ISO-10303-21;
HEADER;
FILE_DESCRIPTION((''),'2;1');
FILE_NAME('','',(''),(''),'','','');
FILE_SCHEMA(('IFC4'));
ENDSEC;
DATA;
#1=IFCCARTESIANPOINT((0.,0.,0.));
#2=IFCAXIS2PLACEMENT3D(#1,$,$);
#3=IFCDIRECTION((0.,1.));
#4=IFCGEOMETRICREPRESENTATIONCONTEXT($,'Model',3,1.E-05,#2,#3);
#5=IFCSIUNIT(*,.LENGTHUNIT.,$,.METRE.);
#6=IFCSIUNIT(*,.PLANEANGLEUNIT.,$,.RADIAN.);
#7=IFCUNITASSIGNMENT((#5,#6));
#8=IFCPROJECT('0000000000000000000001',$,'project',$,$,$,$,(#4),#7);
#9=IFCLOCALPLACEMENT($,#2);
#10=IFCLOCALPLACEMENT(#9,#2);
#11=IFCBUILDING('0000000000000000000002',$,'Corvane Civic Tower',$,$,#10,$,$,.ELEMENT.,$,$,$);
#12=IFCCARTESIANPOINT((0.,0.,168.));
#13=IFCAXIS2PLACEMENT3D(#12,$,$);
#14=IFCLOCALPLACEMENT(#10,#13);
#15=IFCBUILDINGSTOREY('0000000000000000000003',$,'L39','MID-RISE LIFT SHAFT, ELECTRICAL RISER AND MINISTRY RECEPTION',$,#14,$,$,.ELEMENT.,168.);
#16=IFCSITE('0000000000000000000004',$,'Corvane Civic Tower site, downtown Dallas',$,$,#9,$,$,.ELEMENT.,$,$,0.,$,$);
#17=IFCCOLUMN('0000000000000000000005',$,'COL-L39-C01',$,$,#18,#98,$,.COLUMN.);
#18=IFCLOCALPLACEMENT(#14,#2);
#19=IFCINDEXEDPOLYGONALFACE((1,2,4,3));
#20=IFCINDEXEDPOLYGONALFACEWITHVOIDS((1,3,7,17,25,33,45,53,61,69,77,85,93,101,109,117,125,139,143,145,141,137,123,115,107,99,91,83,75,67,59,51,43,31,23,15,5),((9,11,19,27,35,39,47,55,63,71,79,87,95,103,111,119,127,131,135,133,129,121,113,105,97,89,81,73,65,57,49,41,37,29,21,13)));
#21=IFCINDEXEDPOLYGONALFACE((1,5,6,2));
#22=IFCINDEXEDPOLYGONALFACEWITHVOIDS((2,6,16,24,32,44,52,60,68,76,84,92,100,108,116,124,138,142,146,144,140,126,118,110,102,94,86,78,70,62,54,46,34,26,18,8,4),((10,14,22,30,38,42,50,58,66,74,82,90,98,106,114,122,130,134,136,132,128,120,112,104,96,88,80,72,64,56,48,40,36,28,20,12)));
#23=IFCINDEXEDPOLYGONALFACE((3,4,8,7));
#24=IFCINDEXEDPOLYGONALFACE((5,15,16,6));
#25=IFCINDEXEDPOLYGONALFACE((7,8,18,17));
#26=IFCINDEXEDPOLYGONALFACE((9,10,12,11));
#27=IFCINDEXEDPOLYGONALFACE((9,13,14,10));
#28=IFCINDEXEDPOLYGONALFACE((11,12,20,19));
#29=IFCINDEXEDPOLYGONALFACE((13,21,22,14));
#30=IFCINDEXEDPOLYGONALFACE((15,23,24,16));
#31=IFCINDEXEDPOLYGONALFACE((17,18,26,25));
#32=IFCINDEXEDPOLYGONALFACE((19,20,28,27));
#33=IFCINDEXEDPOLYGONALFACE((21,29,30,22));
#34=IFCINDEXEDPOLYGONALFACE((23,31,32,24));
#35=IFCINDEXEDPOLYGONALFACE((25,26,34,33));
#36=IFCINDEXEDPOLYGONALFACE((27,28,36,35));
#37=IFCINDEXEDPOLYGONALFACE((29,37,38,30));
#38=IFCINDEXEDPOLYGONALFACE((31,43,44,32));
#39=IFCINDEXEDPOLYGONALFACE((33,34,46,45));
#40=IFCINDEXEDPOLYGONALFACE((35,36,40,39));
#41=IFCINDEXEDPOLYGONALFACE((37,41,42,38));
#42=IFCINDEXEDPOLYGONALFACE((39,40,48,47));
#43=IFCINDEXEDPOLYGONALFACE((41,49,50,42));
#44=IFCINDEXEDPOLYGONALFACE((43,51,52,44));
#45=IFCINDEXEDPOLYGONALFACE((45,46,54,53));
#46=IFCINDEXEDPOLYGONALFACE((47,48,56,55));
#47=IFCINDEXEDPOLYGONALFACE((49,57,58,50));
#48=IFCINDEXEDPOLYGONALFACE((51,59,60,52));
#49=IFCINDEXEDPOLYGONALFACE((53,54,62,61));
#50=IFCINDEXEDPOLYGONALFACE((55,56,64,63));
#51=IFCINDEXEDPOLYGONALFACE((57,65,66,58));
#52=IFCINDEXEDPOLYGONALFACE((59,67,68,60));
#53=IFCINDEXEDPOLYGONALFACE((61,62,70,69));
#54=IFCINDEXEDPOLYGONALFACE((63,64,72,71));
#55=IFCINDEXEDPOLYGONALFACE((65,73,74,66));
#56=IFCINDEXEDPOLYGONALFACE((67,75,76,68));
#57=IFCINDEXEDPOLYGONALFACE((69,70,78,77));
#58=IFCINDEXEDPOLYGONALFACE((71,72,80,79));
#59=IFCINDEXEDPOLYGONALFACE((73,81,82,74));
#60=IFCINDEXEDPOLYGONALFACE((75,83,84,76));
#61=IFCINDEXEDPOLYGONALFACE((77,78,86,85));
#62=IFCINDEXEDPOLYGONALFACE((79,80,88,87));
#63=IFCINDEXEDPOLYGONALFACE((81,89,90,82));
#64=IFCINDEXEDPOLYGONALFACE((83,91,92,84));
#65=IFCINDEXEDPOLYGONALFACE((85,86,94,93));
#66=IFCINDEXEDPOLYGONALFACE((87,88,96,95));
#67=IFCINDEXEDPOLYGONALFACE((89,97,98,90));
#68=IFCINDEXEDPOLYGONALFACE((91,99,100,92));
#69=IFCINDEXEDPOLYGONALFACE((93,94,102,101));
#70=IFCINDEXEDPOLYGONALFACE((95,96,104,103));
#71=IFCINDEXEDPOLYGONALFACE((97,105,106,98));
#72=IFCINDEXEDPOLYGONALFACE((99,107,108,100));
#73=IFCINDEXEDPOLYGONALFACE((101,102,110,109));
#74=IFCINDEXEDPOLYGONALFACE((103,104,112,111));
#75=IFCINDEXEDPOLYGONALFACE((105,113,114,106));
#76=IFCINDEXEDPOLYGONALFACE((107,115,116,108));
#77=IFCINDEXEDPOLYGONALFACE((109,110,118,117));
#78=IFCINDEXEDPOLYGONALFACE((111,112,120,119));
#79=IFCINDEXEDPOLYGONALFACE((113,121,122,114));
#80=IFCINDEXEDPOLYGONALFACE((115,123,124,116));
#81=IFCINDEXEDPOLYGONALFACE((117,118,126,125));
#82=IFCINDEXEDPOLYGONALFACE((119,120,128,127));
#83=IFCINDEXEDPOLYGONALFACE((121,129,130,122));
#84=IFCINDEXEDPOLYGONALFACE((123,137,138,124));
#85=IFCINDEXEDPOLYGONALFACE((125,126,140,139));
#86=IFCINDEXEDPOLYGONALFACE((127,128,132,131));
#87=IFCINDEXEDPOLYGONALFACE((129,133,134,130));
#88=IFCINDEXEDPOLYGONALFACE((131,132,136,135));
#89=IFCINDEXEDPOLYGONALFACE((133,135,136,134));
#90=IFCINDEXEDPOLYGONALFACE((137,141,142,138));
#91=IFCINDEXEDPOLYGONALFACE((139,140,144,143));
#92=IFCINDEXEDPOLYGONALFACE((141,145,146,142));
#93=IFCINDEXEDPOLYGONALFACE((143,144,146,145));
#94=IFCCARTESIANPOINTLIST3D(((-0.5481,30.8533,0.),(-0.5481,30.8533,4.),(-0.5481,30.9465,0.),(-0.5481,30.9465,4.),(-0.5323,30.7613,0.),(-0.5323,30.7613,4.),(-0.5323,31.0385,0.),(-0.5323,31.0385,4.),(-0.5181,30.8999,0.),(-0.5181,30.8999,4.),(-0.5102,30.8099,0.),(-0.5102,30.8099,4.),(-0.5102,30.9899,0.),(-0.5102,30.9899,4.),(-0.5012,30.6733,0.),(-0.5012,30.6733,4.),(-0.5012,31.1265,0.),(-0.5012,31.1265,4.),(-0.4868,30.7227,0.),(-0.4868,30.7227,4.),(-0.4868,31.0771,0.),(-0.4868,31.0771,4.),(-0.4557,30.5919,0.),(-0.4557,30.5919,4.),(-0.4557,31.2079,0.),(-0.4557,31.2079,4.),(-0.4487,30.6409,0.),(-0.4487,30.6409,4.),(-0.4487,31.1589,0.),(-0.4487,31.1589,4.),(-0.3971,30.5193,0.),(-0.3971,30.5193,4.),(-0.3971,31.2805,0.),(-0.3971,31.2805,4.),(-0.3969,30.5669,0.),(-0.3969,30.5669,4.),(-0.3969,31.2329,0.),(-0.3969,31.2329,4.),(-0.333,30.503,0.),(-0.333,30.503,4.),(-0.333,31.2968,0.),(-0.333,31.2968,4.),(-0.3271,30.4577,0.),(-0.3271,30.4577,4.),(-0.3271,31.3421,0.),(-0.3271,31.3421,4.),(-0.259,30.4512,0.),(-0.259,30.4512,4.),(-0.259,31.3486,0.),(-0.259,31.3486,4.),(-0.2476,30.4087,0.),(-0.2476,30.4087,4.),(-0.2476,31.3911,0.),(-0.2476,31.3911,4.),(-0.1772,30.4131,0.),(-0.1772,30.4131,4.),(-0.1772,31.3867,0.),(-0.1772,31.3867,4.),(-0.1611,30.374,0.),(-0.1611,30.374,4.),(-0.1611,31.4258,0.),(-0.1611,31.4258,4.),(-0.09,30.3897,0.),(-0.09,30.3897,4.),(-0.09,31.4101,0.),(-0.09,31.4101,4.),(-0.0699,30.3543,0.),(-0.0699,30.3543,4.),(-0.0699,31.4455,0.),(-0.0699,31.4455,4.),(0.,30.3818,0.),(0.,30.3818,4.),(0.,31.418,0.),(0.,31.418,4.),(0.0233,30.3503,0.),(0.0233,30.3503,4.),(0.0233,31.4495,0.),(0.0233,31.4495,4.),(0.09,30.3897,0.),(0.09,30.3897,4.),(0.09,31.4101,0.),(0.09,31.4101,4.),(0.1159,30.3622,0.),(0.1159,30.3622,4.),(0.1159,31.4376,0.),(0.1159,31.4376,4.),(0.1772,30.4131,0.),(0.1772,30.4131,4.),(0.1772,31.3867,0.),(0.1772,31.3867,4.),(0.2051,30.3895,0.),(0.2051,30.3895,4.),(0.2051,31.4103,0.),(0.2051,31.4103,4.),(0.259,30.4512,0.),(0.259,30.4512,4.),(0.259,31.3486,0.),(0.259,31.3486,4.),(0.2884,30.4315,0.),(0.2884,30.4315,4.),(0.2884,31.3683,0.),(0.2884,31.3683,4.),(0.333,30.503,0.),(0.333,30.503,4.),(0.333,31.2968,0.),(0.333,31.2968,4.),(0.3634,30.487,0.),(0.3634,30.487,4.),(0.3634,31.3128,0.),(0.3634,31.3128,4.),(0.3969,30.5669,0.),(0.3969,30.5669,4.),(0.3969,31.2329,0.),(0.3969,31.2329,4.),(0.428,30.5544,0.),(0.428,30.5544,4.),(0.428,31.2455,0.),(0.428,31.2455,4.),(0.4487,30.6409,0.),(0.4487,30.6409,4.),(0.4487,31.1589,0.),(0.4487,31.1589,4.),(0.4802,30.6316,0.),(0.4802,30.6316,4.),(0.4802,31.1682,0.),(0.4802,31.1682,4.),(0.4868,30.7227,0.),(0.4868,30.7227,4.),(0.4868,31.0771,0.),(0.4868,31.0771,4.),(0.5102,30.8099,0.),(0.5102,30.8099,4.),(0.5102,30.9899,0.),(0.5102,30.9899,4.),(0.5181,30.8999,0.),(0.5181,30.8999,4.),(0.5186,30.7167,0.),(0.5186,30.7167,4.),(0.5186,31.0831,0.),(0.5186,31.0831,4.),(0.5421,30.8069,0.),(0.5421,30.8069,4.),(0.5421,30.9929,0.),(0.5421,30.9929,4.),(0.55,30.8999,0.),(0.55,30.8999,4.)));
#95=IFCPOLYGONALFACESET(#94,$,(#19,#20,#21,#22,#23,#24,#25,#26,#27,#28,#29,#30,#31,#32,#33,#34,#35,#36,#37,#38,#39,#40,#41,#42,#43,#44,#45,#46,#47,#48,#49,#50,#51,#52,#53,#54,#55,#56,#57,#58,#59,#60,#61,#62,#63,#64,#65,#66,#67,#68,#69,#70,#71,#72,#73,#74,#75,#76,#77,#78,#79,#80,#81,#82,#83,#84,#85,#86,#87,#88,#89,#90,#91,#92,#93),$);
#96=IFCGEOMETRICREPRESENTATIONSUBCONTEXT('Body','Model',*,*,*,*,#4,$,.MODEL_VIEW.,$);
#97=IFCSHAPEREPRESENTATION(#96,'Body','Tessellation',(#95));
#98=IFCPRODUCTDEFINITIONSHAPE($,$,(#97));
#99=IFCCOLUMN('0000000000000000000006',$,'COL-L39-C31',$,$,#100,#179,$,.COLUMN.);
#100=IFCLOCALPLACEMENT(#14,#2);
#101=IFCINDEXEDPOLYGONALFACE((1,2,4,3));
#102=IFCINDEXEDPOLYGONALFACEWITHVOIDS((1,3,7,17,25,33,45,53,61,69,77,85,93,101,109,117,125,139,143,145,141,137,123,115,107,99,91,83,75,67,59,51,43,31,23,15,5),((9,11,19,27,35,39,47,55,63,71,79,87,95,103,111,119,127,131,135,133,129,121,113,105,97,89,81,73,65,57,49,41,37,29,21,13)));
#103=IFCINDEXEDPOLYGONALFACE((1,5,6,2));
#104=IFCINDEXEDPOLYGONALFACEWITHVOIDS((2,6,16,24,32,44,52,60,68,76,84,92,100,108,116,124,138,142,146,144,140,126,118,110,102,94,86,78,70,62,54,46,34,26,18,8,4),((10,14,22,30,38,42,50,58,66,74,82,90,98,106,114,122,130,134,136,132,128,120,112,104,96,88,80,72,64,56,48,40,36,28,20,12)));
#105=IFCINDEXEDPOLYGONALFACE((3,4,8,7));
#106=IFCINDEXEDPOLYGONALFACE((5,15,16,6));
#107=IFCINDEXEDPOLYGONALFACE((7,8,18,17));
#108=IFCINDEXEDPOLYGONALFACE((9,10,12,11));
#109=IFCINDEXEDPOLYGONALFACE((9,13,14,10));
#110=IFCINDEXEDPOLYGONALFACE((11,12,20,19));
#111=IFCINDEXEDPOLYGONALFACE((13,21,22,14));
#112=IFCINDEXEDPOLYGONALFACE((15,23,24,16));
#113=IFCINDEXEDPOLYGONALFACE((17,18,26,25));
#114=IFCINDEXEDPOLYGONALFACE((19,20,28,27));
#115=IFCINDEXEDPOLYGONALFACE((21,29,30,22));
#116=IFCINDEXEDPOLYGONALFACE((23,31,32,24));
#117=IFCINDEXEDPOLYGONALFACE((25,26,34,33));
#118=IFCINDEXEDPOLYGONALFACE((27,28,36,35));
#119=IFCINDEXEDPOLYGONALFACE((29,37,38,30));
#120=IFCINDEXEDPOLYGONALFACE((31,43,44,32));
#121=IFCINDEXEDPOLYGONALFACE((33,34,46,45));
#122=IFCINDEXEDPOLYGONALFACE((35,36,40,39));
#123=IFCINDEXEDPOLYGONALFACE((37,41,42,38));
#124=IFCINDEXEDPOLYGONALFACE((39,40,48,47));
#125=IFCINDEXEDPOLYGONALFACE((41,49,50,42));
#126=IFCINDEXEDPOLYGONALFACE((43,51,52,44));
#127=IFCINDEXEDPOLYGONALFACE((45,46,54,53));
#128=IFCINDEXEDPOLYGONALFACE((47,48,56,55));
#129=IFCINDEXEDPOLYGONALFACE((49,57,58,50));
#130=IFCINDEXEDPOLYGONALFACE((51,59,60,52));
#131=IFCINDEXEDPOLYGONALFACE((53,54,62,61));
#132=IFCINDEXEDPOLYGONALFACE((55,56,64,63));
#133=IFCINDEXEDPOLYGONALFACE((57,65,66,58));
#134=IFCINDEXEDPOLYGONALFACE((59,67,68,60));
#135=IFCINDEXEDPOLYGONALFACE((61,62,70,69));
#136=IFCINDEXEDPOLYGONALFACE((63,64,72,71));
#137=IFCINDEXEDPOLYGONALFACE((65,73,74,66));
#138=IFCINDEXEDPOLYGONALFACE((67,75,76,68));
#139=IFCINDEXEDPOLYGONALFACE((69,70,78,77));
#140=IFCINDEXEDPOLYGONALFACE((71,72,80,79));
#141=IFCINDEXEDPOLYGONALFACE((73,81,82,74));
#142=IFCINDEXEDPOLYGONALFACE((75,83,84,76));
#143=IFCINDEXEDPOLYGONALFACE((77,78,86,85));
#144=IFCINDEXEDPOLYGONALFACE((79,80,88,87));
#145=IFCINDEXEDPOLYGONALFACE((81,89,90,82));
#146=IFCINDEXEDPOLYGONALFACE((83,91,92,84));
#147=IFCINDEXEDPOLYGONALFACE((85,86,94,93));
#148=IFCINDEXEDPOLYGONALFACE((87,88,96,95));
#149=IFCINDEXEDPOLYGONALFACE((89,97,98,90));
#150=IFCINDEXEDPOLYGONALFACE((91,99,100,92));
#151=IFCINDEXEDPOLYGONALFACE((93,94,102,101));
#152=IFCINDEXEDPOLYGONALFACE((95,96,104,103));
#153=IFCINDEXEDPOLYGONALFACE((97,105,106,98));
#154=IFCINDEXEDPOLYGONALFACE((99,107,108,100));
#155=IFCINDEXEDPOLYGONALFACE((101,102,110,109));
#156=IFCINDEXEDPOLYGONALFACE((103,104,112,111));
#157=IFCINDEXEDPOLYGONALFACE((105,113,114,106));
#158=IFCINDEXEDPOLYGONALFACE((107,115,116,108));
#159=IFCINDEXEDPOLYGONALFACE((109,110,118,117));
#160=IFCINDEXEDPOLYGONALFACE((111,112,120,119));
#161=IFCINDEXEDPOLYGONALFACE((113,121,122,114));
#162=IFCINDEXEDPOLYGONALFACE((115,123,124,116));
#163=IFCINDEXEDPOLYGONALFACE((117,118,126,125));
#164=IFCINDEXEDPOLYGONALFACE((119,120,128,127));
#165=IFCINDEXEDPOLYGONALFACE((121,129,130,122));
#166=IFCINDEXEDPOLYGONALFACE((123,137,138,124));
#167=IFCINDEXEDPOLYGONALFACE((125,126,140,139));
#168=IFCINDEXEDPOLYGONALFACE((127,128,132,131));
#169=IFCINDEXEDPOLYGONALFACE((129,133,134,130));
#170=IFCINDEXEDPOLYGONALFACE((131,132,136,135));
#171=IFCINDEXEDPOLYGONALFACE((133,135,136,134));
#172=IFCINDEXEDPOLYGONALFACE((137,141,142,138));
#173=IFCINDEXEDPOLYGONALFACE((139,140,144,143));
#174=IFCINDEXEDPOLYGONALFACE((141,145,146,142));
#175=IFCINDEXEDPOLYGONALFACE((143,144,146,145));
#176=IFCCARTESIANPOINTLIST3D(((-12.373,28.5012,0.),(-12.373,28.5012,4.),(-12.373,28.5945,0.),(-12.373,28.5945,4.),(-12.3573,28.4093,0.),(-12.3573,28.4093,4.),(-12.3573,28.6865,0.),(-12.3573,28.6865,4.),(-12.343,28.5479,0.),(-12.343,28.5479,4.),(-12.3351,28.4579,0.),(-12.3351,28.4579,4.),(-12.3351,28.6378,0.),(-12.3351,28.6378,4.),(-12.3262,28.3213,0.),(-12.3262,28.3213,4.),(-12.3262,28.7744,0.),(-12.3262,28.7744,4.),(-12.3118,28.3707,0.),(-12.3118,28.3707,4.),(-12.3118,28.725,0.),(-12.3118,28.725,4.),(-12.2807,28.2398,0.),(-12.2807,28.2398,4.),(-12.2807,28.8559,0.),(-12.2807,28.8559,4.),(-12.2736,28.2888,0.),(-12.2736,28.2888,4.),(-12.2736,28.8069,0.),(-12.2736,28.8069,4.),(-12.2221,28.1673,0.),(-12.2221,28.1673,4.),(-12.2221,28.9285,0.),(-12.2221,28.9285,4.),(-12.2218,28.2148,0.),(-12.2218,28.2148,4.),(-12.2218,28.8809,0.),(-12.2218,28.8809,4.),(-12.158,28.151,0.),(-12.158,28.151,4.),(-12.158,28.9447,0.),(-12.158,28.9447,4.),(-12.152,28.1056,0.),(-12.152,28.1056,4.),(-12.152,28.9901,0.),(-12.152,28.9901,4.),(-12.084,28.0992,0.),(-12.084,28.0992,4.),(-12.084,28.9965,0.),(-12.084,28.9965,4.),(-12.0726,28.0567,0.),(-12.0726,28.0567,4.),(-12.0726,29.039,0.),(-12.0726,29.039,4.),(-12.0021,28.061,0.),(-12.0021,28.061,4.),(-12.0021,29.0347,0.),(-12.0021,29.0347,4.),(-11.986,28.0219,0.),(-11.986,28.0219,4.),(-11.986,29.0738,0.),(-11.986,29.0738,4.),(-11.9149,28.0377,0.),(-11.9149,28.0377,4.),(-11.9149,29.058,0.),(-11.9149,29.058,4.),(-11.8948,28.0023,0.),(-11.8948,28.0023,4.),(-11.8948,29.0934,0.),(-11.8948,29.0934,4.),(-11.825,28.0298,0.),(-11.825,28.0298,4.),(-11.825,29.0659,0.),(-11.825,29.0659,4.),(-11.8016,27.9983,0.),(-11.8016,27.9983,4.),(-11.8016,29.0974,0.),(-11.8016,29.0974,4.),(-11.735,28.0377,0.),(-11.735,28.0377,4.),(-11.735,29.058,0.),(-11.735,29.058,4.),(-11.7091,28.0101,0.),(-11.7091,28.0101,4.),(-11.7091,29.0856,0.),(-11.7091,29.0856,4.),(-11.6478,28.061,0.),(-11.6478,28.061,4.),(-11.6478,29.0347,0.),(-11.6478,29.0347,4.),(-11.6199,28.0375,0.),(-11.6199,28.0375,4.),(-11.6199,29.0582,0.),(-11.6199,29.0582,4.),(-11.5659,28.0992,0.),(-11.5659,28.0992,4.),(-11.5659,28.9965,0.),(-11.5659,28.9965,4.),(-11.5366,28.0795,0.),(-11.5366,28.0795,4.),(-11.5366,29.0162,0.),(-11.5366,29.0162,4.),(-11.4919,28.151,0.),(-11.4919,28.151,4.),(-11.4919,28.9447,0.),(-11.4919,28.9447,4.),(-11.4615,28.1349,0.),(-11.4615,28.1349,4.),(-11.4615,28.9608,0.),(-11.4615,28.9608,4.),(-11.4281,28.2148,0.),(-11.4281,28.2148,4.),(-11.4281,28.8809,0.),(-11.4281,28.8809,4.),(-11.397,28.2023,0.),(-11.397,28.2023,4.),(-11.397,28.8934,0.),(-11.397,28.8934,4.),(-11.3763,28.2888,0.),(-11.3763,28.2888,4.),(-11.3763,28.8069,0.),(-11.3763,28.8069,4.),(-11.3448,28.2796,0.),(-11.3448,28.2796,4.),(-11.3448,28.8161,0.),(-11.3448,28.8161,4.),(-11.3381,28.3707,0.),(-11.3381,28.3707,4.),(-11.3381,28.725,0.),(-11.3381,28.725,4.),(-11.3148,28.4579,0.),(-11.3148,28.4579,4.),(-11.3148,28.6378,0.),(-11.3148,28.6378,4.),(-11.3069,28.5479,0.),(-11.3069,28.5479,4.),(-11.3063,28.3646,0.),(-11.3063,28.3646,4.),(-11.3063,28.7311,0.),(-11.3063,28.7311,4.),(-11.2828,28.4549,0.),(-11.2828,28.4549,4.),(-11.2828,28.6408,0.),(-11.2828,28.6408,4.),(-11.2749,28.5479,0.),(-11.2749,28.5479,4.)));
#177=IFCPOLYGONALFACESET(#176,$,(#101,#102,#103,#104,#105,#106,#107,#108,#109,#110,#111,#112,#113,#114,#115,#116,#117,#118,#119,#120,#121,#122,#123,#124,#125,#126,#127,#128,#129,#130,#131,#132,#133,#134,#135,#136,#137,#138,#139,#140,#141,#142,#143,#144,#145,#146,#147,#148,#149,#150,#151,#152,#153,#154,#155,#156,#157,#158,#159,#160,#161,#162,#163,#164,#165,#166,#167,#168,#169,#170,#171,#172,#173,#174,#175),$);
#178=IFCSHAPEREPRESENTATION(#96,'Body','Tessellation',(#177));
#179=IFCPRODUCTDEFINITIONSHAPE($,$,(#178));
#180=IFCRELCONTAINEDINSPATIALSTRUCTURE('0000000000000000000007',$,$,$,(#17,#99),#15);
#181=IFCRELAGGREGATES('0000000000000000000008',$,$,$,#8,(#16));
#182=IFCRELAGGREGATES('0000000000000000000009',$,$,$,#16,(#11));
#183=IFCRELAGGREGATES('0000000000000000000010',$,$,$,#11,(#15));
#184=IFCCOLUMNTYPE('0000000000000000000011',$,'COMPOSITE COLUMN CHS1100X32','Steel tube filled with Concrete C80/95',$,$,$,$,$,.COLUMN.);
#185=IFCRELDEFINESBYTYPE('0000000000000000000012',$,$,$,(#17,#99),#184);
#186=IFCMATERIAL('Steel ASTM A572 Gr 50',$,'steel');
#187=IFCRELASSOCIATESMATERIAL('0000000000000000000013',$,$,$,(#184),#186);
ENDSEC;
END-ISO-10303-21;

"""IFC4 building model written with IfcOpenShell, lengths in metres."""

from ifc_helpers import new_model, si_unit, direction, frame, origin, origin_2d, place, context, subcontext, project, spatial, hollow_circle, extrude, material, material_profile, profile_set, type_object, element, save


model = new_model("IFC4")

# Units and contexts
model_context = context("Model", 3, precision=1e-05, world=origin(), true_north=direction((0.0, 1.0)))
body_context = subcontext(model_context, "Body", "Model", "MODEL_VIEW")
ifc_project = project(units=[si_unit("LENGTHUNIT", "METRE"), si_unit("PLANEANGLEUNIT", "RADIAN")], contexts=[model_context])

# Site, building, storey
site_placement = place(None, origin())
site = spatial("IfcSite", under=ifc_project, at=site_placement, Name="Corvane Civic Tower site, downtown Dallas", CompositionType="ELEMENT", RefElevation=0.0)
building_placement = place(site_placement, origin())
building = spatial("IfcBuilding", under=site, at=building_placement, Name="Corvane Civic Tower", CompositionType="ELEMENT")
storey_placement = place(building_placement, frame((0.0, 0.0, 168.0)))
storey = spatial("IfcBuildingStorey", under=building, at=storey_placement, Name="L39", Description="MID-RISE LIFT SHAFT, ELECTRICAL RISER AND MINISTRY RECEPTION", CompositionType="ELEMENT", Elevation=168.0)

# Columns
ifc_material_1 = material(Name="Steel ASTM A572 Gr 50", Category="steel")
ifc_material_profile_1 = material_profile(ifc_material_1, hollow_circle(Radius=0.55, WallThickness=0.032, at=origin_2d()), Name="CHS1100X32")
ifc_profile_set_1 = profile_set([ifc_material_profile_1], Name="Steel ASTM A572 Gr 50")
column_type = type_object("IfcColumnType", Name="COMPOSITE COLUMN CHS1100X32", Description="Steel tube filled with Concrete C80/95", PredefinedType="COLUMN", material=ifc_profile_set_1)
for number, where, z_axis, x_axis, name in (
    (1, (0.0, 30.8999, 0.0), (0.0, 0.0, 1.0), (1.0, 0.0, 0.0), "COL-L39-C01"),
    (2, (-11.825, 28.5479, 0.0), (0.0, 0.0, 1.0), (1.0, 0.0, 0.0), "COL-L39-C31"),
):
    element("IfcColumn", number, at=place(storey_placement, frame(where, z_axis=z_axis, x_axis=x_axis)), inside=storey, type_object=column_type, Name=name, PredefinedType="COLUMN", context=body_context, shape_type="SweptSolid", body=[
        extrude(hollow_circle(Radius=0.55, WallThickness=0.032, at=origin_2d()), origin(), (0.0, 0.0, 1.0), 4.0),
    ])

save(model, "model.ifc")
